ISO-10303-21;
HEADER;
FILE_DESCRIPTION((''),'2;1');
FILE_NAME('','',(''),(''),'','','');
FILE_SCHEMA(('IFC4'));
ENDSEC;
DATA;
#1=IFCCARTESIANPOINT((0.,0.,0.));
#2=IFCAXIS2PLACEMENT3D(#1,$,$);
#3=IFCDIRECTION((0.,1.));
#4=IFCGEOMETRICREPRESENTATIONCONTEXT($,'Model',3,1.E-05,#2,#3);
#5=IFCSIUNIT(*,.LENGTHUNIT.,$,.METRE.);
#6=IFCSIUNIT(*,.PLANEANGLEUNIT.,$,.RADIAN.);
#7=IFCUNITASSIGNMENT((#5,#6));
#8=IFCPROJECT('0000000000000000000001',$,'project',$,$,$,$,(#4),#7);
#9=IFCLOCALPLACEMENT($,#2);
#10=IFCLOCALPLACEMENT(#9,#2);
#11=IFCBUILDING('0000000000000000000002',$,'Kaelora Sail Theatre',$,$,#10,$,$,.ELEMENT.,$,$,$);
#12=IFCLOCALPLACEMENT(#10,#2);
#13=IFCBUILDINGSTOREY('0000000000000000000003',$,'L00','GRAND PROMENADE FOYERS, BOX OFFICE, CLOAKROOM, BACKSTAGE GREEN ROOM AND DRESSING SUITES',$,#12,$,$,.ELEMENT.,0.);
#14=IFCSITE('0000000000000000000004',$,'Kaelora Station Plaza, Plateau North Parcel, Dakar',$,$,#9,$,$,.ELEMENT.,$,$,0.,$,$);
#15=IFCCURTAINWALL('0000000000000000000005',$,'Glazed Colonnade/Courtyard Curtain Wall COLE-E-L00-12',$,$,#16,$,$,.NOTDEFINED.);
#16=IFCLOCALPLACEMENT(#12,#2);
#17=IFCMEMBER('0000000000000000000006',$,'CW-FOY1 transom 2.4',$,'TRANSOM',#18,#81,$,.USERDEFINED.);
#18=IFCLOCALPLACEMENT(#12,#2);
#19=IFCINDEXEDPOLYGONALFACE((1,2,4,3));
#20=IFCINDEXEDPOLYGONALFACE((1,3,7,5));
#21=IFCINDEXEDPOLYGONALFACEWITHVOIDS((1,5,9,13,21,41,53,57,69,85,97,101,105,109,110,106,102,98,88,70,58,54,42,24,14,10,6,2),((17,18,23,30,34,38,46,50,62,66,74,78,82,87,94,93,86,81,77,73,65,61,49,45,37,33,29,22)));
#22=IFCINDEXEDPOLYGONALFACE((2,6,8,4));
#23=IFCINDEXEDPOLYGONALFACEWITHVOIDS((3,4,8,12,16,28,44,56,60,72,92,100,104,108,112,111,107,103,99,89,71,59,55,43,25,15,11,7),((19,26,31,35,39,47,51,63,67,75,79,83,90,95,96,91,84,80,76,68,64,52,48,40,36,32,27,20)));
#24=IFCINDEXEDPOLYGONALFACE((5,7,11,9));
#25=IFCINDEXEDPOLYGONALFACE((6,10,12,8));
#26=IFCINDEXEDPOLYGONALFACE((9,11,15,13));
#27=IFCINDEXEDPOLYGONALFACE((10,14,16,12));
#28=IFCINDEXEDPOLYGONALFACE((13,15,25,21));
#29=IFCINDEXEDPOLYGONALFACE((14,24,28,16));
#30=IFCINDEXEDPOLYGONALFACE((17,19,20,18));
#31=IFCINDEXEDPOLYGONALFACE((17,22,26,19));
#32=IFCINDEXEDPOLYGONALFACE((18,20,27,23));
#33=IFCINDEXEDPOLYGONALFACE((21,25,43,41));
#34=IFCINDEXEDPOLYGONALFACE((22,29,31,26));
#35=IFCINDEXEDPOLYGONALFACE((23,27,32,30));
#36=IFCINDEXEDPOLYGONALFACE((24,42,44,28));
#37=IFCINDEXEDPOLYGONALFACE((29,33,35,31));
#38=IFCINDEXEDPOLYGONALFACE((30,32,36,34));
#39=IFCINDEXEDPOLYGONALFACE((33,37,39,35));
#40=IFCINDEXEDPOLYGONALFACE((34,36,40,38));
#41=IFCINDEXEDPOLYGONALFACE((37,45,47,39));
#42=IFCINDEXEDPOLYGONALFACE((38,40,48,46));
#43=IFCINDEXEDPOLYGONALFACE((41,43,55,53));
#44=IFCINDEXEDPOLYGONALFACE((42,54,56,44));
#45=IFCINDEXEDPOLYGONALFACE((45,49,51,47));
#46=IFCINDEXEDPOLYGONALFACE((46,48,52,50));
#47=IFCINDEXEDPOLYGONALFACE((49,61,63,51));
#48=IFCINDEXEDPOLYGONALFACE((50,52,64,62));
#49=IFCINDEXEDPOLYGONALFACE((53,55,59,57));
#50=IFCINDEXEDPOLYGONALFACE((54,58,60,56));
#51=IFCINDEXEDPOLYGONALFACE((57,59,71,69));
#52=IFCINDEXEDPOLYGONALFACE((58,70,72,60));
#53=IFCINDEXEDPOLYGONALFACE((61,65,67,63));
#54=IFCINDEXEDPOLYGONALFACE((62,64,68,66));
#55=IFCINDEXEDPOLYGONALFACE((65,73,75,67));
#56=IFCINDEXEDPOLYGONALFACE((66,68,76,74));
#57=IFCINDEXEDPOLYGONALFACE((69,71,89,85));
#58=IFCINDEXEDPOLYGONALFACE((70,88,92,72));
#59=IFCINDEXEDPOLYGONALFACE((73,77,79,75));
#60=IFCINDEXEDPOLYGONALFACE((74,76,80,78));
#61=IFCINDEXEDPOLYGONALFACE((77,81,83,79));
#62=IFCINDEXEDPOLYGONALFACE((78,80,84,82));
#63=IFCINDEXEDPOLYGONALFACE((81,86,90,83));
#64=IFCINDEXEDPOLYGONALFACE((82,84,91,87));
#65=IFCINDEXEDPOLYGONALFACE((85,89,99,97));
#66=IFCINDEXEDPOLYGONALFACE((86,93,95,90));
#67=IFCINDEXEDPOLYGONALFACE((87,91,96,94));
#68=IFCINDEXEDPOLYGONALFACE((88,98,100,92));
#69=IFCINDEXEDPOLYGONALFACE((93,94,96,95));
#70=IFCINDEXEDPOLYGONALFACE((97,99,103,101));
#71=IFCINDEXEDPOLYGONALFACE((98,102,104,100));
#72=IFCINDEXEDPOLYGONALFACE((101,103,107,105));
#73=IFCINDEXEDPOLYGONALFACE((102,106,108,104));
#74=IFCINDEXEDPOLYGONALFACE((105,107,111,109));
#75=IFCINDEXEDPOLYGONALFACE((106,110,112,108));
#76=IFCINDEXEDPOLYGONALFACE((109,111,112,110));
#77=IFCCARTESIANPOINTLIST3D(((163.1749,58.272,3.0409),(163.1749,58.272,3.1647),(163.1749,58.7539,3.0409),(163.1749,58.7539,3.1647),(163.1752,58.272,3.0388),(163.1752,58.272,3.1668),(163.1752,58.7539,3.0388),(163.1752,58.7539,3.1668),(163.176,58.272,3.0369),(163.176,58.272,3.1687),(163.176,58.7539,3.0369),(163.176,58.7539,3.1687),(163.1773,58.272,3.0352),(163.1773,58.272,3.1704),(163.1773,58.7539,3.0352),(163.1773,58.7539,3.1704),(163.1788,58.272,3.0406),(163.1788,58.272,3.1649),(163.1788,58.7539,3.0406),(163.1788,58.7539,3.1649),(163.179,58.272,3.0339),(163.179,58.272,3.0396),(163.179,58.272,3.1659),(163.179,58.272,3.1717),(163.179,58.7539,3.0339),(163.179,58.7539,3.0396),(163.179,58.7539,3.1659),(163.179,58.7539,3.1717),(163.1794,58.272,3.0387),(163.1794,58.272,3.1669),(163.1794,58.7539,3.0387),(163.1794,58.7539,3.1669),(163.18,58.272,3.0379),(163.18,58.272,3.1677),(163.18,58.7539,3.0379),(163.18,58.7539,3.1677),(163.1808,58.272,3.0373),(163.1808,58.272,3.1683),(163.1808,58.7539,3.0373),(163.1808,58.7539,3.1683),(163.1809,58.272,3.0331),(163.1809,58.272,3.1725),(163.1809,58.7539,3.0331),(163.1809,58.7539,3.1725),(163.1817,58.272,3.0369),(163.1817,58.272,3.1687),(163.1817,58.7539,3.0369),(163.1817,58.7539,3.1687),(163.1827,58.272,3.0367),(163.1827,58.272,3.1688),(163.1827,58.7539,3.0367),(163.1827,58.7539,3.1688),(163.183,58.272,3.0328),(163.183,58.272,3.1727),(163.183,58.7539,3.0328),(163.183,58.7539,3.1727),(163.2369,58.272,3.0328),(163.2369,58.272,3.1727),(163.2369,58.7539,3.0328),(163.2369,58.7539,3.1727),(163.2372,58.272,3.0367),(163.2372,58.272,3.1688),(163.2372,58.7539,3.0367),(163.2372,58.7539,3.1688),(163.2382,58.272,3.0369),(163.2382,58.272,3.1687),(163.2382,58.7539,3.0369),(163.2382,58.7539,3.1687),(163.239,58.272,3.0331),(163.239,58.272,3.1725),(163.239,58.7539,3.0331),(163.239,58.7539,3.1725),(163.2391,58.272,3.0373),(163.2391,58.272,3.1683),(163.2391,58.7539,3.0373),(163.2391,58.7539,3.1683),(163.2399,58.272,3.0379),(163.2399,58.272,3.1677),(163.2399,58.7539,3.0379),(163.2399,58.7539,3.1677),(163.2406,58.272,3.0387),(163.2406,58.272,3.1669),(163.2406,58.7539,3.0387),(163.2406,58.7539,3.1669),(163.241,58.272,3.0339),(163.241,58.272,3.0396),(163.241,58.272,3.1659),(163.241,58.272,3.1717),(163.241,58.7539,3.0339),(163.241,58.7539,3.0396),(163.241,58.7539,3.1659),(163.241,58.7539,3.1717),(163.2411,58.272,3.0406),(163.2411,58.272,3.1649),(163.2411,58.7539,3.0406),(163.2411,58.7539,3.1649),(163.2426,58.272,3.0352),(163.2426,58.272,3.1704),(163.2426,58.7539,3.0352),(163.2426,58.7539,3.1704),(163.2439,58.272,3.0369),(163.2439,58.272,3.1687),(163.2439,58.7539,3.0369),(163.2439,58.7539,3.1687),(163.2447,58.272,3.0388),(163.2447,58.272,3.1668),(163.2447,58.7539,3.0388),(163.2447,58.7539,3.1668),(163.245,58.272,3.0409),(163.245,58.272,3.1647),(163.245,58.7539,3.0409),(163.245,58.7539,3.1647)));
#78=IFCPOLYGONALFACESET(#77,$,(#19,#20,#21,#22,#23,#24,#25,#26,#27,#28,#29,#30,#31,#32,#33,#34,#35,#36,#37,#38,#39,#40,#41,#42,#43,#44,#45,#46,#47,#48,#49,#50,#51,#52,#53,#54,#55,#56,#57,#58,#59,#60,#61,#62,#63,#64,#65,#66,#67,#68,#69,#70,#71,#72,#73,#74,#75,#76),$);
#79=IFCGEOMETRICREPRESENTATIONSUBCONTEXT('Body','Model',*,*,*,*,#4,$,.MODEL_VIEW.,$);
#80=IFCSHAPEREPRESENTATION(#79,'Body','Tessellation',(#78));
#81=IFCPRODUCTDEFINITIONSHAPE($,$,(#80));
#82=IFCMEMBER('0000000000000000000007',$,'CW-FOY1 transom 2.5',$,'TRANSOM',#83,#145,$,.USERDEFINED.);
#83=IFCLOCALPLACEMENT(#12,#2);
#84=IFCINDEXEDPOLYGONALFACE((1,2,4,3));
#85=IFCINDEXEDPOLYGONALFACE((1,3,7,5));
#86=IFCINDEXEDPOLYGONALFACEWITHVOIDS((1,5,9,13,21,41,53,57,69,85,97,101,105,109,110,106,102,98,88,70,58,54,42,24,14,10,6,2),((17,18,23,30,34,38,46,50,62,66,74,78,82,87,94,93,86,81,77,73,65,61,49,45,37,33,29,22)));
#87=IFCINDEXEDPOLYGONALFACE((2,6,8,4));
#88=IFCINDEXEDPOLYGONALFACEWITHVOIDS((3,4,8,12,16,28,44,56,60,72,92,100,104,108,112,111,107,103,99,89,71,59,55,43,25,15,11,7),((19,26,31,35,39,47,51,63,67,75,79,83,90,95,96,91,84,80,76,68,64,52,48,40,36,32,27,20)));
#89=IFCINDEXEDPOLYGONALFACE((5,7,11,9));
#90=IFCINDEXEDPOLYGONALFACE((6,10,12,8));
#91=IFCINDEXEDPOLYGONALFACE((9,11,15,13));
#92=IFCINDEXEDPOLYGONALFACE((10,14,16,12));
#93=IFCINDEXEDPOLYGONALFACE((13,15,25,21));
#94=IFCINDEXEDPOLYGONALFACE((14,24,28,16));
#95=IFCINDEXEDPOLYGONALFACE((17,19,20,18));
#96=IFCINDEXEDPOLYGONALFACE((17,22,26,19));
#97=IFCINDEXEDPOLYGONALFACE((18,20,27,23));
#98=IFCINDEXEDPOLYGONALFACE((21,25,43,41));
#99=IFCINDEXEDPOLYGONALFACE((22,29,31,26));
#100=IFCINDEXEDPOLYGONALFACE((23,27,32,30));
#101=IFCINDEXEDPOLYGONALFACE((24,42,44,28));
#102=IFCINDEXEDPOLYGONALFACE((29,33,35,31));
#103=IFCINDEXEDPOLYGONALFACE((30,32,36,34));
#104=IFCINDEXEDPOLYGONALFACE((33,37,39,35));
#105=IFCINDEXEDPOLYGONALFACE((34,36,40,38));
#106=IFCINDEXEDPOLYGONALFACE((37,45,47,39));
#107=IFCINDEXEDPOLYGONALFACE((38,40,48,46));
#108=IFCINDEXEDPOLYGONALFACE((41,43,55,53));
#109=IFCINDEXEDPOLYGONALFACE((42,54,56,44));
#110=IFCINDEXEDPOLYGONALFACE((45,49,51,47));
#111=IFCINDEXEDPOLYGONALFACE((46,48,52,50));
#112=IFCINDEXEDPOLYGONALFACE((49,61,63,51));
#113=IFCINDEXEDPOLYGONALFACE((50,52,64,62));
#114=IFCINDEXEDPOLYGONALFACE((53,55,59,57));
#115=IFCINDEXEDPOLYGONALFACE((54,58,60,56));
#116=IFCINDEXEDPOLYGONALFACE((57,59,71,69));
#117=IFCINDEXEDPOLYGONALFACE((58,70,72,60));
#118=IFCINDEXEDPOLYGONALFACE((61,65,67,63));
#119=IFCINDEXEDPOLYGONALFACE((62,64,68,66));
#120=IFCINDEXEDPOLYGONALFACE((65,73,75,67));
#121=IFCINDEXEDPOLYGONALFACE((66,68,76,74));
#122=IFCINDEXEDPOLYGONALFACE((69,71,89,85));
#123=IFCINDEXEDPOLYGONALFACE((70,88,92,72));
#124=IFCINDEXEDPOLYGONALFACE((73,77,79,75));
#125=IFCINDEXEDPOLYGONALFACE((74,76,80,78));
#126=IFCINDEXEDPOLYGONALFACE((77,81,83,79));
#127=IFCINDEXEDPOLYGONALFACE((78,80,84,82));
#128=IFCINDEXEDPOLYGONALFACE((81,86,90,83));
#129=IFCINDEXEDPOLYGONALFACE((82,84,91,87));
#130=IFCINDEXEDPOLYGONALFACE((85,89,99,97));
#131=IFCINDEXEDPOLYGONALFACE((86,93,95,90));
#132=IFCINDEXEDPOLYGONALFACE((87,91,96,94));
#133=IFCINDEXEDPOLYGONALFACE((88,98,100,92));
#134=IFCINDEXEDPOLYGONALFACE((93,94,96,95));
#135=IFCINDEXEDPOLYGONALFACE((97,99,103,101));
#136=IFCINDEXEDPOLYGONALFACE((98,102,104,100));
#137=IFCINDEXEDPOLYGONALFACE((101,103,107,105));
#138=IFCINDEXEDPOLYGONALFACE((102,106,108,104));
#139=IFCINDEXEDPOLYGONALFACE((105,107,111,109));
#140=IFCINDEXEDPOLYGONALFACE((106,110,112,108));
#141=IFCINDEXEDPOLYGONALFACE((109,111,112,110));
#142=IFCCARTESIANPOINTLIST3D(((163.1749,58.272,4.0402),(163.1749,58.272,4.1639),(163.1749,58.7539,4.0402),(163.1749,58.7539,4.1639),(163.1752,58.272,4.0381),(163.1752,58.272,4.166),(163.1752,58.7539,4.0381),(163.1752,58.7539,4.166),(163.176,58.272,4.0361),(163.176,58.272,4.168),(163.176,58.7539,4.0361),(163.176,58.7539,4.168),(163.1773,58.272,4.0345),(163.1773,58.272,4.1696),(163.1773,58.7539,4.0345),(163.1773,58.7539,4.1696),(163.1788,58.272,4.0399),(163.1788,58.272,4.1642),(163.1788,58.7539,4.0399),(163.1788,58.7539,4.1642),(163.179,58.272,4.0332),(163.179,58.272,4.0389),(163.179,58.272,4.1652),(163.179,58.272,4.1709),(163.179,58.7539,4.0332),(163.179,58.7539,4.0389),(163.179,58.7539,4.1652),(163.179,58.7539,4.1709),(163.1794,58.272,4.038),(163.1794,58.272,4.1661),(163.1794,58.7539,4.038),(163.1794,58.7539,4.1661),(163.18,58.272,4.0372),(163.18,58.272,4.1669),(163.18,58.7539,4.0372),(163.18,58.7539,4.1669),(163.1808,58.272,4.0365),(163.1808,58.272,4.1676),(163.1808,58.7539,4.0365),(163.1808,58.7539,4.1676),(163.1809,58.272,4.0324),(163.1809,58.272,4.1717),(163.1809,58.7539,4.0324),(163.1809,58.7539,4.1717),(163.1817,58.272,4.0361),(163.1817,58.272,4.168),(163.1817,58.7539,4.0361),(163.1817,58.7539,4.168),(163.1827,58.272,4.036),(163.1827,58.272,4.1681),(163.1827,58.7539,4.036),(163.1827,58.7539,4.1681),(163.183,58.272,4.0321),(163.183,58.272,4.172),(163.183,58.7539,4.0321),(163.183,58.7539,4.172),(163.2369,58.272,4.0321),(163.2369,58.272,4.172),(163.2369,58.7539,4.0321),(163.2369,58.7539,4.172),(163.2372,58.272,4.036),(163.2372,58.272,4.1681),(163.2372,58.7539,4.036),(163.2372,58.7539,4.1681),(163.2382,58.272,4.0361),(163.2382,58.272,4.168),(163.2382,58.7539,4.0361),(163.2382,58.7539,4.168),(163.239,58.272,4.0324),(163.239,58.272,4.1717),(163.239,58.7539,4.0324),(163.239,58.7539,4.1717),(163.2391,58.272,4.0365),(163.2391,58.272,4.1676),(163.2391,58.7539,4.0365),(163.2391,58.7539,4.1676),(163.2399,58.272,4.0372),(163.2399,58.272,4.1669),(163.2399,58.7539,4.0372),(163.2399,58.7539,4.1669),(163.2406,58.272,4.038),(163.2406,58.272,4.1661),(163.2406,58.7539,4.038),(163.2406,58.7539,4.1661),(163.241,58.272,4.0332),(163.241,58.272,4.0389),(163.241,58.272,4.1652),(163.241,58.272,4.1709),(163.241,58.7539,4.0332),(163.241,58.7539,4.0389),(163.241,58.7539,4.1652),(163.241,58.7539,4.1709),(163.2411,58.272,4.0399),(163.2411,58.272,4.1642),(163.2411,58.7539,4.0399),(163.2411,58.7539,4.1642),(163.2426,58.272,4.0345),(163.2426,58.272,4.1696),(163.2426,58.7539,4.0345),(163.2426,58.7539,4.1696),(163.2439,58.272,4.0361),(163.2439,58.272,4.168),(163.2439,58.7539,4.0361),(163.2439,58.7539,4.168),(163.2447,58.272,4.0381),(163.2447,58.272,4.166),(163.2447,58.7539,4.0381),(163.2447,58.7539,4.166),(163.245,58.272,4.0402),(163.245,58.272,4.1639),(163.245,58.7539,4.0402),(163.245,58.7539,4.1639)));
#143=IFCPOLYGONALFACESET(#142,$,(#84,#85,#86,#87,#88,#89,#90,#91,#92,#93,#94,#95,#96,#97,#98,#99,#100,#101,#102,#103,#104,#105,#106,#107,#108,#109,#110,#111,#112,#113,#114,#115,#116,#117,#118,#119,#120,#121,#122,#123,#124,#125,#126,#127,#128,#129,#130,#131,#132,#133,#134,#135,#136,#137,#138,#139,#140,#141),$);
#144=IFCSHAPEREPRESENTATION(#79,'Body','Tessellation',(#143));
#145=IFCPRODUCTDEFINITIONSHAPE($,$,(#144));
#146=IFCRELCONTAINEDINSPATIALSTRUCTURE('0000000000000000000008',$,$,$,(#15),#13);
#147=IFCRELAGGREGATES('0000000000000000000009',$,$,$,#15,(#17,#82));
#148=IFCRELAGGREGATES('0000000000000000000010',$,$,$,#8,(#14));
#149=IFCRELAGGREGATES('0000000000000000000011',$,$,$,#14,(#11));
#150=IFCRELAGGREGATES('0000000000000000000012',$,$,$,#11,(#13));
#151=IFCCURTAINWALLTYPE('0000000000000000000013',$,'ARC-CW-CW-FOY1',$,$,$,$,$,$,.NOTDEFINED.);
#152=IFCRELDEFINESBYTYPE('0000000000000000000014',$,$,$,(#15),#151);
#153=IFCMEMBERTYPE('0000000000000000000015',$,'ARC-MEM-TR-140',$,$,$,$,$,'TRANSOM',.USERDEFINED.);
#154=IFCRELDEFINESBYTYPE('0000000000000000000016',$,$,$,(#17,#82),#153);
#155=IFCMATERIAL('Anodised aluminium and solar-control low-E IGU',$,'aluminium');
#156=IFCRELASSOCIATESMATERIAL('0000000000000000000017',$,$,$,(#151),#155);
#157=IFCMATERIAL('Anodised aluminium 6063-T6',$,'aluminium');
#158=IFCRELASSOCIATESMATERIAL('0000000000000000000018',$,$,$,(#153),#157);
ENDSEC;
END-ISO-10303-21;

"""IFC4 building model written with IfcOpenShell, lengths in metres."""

from ifc_helpers import new_model, si_unit, direction, frame, origin, origin_2d, place, context, subcontext, project, spatial, hollow_rectangle, extrude, material, material_profile, profile_set, type_object, element, aggregate, save


model = new_model("IFC4")

# Units and contexts
model_context = context("Model", 3, precision=1e-05, world=origin(), true_north=direction((0.0, 1.0)))
body_context = subcontext(model_context, "Body", "Model", "MODEL_VIEW")
ifc_project = project(units=[si_unit("LENGTHUNIT", "METRE"), si_unit("PLANEANGLEUNIT", "RADIAN")], contexts=[model_context])

# Site, building, storey
site_placement = place(None, origin())
site = spatial("IfcSite", under=ifc_project, at=site_placement, Name="Kaelora Station Plaza, Plateau North Parcel, Dakar", CompositionType="ELEMENT", RefElevation=0.0)
building_placement = place(site_placement, origin())
building = spatial("IfcBuilding", under=site, at=building_placement, Name="Kaelora Sail Theatre", CompositionType="ELEMENT")
storey_placement = place(building_placement, origin())
storey = spatial("IfcBuildingStorey", under=building, at=storey_placement, Name="L00", Description="GRAND PROMENADE FOYERS, BOX OFFICE, CLOAKROOM, BACKSTAGE GREEN ROOM AND DRESSING SUITES", CompositionType="ELEMENT", Elevation=0.0)

# Curtain wall, members
ifc_material_1 = material(Name="Anodised aluminium and solar-control low-E IGU", Category="aluminium")
curtain_wall_type = type_object("IfcCurtainWallType", Name="ARC-CW-CW-FOY1", PredefinedType="NOTDEFINED", material=ifc_material_1)
curtain_wall_placement = place(storey_placement, origin())
curtain_wall = element("IfcCurtainWall", 1, at=curtain_wall_placement, inside=storey, type_object=curtain_wall_type, Name="Glazed Colonnade/Courtyard Curtain Wall COLE-E-L00-12", PredefinedType="NOTDEFINED")
ifc_material_2 = material(Name="Anodised aluminium 6063-T6", Category="aluminium")
ifc_material_profile = material_profile(ifc_material_2, hollow_rectangle(XDim=0.0701, YDim=0.1399, WallThickness=0.0039, InnerFilletRadius=0.0039, OuterFilletRadius=0.0081, at=origin_2d()), Name="ALU-TRAN 70x140x4")
ifc_profile_set = profile_set([ifc_material_profile], Name="Anodised aluminium 6063-T6")
member_type = type_object("IfcMemberType", Name="ARC-MEM-TR-140", ElementType="TRANSOM", PredefinedType="USERDEFINED", material=ifc_profile_set)
member_1_placement = place(storey_placement, frame((163.21, 58.272, 3.1028), z_axis=(0.0, 1.0, 0.0), x_axis=(-1.0, 0.0, 0.0)))
member_1 = element("IfcMember", 2, at=member_1_placement, type_object=member_type, Name="CW-FOY1 transom 2.4", ObjectType="TRANSOM", PredefinedType="USERDEFINED", context=body_context, shape_type="SweptSolid", body=[
    extrude(hollow_rectangle(XDim=0.0701, YDim=0.1399, WallThickness=0.0039, InnerFilletRadius=0.0039, OuterFilletRadius=0.0081, at=origin_2d()), origin(), (0.0, 0.0, 1.0), 0.4819),
])
member_2_placement = place(storey_placement, frame((163.21, 58.272, 4.1021), z_axis=(0.0, 1.0, 0.0), x_axis=(-1.0, 0.0, 0.0)))
member_2 = element("IfcMember", 3, at=member_2_placement, type_object=member_type, Name="CW-FOY1 transom 2.5", ObjectType="TRANSOM", PredefinedType="USERDEFINED", context=body_context, shape_type="SweptSolid", body=[
    extrude(hollow_rectangle(XDim=0.0701, YDim=0.1399, WallThickness=0.0039, InnerFilletRadius=0.0039, OuterFilletRadius=0.0081, at=origin_2d()), origin(), (0.0, 0.0, 1.0), 0.4819),
])
aggregate(curtain_wall, [member_1, member_2])

save(model, "model.ifc")
